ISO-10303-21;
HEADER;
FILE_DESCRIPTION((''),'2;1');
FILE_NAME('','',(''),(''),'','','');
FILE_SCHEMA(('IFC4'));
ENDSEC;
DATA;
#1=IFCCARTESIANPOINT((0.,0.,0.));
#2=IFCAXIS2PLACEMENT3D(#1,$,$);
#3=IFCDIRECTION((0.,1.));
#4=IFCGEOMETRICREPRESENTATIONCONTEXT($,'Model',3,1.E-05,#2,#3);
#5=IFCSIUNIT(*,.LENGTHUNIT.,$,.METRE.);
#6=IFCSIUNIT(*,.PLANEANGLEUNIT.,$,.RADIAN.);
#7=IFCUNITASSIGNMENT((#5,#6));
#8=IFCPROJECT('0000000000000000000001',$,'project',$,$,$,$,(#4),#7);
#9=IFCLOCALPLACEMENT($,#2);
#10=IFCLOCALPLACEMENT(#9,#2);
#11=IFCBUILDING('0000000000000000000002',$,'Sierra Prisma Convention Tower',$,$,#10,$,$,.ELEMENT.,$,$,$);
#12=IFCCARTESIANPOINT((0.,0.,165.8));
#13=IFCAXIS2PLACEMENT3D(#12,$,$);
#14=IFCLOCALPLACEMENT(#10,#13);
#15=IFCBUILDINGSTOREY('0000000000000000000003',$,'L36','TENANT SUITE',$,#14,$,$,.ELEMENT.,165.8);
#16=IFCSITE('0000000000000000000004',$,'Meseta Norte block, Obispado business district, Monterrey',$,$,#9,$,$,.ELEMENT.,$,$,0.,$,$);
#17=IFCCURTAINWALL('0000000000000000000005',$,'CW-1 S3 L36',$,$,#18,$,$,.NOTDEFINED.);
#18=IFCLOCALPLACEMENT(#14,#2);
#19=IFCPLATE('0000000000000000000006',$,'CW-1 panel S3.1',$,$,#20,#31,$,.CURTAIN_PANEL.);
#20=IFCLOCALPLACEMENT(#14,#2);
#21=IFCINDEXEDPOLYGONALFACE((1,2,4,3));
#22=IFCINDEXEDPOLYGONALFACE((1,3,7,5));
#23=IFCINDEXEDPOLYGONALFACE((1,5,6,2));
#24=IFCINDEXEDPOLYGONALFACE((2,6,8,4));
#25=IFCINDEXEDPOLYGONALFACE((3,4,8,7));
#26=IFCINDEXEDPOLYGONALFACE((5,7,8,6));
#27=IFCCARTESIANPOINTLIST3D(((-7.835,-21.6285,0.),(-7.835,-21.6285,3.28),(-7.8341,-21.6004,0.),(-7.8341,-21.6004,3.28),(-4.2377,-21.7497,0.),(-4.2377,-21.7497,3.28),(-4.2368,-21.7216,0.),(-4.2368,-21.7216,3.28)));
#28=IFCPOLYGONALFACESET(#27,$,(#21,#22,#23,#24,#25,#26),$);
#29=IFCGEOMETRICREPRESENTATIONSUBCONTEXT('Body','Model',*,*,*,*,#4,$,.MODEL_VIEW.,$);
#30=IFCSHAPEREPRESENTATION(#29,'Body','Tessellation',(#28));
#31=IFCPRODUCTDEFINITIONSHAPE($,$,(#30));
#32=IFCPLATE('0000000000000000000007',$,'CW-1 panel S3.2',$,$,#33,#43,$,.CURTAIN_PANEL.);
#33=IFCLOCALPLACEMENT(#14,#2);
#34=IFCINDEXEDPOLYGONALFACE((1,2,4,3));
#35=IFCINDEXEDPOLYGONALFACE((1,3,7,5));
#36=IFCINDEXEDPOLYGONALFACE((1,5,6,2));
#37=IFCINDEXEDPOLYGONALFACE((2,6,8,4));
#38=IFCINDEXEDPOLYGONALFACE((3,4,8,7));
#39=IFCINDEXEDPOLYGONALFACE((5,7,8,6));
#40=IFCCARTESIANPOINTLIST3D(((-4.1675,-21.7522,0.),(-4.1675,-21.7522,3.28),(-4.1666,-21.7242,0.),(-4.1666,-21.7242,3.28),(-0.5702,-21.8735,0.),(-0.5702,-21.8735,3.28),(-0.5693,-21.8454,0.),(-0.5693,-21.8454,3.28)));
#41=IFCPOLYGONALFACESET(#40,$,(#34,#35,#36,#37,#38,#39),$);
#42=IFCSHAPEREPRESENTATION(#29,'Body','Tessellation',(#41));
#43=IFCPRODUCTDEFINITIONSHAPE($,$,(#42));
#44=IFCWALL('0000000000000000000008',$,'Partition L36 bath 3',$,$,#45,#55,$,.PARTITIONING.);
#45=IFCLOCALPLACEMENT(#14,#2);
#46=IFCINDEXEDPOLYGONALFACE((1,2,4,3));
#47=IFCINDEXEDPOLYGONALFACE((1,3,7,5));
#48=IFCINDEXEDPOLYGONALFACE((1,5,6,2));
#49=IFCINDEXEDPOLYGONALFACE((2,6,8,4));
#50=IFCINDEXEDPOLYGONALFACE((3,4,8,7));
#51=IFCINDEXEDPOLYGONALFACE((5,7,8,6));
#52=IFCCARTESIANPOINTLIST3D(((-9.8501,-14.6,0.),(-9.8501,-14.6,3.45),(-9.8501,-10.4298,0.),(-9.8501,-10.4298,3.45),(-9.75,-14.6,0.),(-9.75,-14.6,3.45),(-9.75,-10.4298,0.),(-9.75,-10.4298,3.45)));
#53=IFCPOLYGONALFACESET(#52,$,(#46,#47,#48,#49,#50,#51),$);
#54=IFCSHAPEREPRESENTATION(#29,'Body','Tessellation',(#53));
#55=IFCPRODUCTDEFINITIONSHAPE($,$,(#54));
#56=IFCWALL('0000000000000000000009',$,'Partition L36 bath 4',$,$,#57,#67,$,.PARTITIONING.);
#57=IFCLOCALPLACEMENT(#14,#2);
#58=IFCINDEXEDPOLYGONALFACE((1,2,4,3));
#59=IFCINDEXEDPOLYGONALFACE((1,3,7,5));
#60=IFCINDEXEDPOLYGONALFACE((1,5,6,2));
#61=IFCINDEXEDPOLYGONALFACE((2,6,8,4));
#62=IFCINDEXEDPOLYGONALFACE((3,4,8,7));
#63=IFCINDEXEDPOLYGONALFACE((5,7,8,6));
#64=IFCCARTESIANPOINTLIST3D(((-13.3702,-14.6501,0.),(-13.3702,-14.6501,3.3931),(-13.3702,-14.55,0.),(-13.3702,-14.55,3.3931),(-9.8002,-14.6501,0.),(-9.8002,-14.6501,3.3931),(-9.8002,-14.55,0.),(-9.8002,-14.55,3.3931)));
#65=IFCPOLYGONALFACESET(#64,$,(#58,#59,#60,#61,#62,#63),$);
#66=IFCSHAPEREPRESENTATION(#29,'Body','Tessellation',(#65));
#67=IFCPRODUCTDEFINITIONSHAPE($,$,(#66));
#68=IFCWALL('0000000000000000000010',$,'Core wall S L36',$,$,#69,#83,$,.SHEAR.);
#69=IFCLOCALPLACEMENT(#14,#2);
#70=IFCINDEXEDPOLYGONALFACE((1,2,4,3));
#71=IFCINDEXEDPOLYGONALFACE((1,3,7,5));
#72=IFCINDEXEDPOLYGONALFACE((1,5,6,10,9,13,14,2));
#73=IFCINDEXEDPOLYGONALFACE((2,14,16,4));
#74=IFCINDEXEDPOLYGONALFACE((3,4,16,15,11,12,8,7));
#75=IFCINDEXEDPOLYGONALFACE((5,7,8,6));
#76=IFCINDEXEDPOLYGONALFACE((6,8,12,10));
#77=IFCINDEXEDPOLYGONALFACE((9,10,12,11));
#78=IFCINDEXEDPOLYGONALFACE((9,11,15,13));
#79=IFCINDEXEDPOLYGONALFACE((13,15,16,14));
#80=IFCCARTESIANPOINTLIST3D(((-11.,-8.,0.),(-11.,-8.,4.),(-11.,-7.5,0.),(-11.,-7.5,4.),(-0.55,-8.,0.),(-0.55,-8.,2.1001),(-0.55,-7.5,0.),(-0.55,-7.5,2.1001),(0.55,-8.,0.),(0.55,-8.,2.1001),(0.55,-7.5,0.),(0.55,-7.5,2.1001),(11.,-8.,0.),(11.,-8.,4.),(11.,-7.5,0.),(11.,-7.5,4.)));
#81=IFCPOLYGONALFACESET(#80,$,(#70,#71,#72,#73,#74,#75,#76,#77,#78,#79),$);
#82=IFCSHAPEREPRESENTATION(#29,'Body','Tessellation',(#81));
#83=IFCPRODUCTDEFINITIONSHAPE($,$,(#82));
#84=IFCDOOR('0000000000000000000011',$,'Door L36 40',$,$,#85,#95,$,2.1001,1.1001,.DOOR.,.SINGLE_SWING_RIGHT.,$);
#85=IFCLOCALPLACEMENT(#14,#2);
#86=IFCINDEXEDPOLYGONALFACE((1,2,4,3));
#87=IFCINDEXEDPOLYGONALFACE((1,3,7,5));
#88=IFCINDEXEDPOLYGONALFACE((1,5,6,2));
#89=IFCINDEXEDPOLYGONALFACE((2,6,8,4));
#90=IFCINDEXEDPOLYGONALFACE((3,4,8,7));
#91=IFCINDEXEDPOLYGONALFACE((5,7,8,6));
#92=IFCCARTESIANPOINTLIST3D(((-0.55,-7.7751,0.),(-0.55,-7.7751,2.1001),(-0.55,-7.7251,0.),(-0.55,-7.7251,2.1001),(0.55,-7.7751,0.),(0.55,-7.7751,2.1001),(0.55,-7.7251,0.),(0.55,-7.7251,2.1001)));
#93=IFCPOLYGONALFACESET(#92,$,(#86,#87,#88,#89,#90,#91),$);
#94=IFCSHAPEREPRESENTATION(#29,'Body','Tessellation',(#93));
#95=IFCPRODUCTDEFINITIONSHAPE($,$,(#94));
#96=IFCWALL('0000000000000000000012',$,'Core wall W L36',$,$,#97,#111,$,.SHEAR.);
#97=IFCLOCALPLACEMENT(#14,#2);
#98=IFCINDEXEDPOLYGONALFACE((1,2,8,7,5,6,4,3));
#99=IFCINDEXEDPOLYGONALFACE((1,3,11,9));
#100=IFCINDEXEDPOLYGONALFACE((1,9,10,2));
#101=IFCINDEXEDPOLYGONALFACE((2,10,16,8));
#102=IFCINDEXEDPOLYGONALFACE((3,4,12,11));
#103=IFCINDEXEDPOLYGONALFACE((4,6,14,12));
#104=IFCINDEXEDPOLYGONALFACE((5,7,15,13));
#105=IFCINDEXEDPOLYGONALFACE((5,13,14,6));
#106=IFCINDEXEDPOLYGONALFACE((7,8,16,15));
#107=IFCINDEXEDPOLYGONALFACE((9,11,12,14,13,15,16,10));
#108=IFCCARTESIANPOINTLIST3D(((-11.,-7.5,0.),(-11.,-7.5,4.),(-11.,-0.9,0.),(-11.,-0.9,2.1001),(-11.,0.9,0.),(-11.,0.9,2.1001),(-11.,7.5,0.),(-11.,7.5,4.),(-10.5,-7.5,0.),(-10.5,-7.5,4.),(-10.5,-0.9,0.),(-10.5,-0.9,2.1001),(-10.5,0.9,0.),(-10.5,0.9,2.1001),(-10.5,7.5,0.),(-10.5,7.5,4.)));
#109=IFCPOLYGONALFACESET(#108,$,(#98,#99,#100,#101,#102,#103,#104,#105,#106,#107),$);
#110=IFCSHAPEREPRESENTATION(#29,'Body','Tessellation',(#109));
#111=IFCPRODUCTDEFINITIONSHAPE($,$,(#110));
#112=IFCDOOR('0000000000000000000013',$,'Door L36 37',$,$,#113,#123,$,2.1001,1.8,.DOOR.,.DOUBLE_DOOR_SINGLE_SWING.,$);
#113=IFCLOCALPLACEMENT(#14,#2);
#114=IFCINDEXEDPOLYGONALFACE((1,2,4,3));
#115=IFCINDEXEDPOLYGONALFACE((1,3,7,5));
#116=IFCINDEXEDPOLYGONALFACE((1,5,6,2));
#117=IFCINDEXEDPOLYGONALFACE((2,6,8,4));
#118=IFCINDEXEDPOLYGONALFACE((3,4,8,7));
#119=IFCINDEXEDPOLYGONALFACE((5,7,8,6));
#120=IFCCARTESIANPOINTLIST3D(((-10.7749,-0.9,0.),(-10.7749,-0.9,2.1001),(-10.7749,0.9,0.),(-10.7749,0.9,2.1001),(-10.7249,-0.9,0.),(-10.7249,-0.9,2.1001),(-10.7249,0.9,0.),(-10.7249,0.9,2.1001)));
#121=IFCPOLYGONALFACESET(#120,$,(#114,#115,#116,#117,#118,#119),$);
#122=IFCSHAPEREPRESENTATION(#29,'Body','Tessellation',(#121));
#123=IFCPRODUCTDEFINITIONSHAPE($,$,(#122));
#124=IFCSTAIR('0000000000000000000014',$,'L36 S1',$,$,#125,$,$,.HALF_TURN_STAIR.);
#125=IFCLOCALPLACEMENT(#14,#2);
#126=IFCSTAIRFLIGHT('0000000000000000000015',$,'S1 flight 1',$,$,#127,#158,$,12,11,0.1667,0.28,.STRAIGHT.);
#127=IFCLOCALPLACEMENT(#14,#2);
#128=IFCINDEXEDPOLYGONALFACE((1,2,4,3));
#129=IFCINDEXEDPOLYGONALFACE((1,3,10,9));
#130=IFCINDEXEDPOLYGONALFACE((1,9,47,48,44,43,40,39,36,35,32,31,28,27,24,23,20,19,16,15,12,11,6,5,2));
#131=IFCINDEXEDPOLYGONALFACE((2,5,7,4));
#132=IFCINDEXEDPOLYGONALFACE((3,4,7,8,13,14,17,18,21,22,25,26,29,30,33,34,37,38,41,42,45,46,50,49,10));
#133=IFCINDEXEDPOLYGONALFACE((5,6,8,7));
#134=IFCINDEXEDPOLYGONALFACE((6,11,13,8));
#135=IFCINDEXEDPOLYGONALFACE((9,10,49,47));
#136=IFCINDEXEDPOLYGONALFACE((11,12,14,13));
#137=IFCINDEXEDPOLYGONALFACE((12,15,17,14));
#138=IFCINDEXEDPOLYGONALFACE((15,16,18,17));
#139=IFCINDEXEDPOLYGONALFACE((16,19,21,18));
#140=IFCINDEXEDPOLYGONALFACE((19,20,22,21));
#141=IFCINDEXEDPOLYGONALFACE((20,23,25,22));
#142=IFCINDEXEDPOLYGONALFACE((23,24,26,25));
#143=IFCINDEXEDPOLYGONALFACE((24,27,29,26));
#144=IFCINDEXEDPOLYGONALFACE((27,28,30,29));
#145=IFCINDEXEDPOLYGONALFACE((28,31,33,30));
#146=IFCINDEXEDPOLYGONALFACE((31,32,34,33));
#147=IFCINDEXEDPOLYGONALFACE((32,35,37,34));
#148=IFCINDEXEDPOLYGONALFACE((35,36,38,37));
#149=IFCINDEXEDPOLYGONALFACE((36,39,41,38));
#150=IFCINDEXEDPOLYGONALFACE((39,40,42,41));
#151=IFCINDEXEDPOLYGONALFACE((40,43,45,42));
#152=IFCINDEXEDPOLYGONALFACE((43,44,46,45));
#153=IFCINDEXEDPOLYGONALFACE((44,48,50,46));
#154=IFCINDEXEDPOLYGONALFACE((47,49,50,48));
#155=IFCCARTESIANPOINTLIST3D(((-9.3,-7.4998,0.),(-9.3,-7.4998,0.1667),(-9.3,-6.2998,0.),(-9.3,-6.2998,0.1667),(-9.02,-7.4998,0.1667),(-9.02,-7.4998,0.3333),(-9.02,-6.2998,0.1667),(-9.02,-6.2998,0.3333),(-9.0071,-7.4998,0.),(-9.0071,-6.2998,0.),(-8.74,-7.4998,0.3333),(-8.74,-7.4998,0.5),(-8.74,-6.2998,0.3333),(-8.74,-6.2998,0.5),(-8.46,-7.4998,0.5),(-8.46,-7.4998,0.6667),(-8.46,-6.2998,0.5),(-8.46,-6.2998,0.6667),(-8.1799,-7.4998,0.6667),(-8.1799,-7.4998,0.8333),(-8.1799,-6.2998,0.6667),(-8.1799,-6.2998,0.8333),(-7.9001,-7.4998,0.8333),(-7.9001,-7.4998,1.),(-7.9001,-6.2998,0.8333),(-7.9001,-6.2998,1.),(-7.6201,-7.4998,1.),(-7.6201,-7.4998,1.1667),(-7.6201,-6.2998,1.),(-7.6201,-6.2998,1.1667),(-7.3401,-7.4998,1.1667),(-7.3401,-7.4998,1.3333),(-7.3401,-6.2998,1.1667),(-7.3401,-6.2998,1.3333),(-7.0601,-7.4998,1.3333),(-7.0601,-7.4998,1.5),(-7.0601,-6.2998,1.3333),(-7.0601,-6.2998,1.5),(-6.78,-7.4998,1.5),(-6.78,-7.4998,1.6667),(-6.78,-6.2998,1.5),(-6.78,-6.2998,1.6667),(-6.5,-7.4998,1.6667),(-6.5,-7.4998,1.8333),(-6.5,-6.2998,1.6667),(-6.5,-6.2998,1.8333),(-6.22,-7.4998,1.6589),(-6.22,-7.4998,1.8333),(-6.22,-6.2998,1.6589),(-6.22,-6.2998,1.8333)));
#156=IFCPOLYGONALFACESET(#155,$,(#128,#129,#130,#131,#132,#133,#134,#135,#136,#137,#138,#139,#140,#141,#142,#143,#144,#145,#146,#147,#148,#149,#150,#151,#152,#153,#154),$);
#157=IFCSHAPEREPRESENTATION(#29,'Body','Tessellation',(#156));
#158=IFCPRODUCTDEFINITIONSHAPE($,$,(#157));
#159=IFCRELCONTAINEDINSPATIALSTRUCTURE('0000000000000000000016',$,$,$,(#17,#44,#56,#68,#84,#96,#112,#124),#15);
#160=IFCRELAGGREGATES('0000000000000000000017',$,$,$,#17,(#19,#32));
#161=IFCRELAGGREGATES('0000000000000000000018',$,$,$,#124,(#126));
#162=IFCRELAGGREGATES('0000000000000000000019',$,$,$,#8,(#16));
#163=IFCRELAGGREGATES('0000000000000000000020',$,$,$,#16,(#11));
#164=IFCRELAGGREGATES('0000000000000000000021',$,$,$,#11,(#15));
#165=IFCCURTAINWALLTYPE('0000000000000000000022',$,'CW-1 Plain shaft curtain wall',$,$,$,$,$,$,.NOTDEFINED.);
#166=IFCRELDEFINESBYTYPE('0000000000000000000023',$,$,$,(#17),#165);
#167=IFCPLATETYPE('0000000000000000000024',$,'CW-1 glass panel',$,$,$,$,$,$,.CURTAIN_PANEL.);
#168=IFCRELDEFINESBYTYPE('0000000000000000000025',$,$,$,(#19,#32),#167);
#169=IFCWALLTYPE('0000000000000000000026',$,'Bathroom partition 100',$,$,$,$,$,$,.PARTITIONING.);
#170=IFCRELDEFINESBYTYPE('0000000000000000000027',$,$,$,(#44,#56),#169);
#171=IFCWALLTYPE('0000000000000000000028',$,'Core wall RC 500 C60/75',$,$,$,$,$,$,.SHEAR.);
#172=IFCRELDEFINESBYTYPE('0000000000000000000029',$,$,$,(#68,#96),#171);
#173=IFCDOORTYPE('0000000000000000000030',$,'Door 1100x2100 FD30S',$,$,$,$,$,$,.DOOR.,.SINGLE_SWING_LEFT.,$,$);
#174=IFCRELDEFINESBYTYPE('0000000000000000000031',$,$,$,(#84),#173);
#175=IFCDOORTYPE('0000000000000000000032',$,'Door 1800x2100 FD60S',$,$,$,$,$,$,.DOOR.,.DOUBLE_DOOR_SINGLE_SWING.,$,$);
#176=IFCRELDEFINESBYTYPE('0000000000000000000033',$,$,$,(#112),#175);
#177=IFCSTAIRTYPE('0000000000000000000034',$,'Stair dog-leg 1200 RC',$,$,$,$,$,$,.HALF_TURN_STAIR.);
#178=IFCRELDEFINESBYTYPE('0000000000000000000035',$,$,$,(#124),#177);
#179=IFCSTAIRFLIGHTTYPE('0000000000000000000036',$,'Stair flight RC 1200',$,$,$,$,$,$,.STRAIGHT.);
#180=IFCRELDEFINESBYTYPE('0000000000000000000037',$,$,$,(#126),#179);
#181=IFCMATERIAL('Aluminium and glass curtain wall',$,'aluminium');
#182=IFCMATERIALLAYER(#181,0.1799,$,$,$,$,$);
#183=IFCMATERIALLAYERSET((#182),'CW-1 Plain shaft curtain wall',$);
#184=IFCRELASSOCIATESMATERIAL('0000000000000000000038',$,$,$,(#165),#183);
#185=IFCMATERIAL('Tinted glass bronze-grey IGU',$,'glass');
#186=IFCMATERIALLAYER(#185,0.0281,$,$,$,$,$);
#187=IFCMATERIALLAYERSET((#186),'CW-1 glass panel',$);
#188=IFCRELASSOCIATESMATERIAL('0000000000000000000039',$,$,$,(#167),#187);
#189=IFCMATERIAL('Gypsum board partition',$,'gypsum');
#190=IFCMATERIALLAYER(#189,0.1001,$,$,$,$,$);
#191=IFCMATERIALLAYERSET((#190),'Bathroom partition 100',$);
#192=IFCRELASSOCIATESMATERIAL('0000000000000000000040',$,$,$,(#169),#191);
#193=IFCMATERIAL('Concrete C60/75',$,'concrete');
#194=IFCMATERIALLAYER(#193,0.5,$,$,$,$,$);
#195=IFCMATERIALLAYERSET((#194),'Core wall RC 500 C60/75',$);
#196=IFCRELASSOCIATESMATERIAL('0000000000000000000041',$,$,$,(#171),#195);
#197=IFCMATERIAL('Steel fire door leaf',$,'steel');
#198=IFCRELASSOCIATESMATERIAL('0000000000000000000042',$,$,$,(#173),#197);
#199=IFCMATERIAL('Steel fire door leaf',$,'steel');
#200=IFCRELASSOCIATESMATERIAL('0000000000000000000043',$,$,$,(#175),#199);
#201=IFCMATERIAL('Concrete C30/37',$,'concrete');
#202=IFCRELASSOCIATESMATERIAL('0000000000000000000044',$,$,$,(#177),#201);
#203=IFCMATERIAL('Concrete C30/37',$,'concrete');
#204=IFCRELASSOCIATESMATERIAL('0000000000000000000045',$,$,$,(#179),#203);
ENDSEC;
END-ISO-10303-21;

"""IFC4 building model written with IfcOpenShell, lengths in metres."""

from ifc_helpers import new_model, si_unit, direction, frame, frame_2d, origin, origin_2d, place, context, subcontext, project, spatial, polyline, rectangle, outline, extrude, material, layer, layer_set, type_object, element, fill, aggregate, save


model = new_model("IFC4")

# Units and contexts
model_context = context("Model", 3, precision=1e-05, world=origin(), true_north=direction((0.0, 1.0)))
body_context = subcontext(model_context, "Body", "Model", "MODEL_VIEW")
ifc_project = project(units=[si_unit("LENGTHUNIT", "METRE"), si_unit("PLANEANGLEUNIT", "RADIAN")], contexts=[model_context])

# Site, building, storey
site_placement = place(None, origin())
site = spatial("IfcSite", under=ifc_project, at=site_placement, Name="Meseta Norte block, Obispado business district, Monterrey", CompositionType="ELEMENT", RefElevation=0.0)
building_placement = place(site_placement, origin())
building = spatial("IfcBuilding", under=site, at=building_placement, Name="Sierra Prisma Convention Tower", CompositionType="ELEMENT")
storey_placement = place(building_placement, frame((0.0, 0.0, 165.8)))
storey = spatial("IfcBuildingStorey", under=building, at=storey_placement, Name="L36", Description="TENANT SUITE", CompositionType="ELEMENT", Elevation=165.8)

# Curtain wall
ifc_material_1 = material(Name="Aluminium and glass curtain wall", Category="aluminium")
ifc_layer_1 = layer(ifc_material_1, 0.1799)
ifc_layer_set_1 = layer_set([ifc_layer_1], Name="CW-1 Plain shaft curtain wall")
curtain_wall_type = type_object("IfcCurtainWallType", Name="CW-1 Plain shaft curtain wall", PredefinedType="NOTDEFINED", material=ifc_layer_set_1)
curtain_wall_1_placement = place(storey_placement, origin())
curtain_wall_1 = element("IfcCurtainWall", 1, at=curtain_wall_1_placement, inside=storey, type_object=curtain_wall_type, Name="CW-1 S3 L36", PredefinedType="NOTDEFINED")

# Shared definitions
ifc_material_2 = material(Name="Tinted glass bronze-grey IGU", Category="glass")
ifc_layer_2 = layer(ifc_material_2, 0.0281)
ifc_layer_set_2 = layer_set([ifc_layer_2], Name="CW-1 glass panel")
plate_type = type_object("IfcPlateType", Name="CW-1 glass panel", PredefinedType="CURTAIN_PANEL", material=ifc_layer_set_2)

# Plates
plate_1_placement = place(storey_placement, frame((-6.0359, -21.675, 0.0), z_axis=(0.0, 0.0, 1.0), x_axis=(0.999432, -0.033688, 0.0)))
plate_1 = element("IfcPlate", 2, at=plate_1_placement, type_object=plate_type, Name="CW-1 panel S3.1", PredefinedType="CURTAIN_PANEL", context=body_context, shape_type="SweptSolid", body=[
    extrude(rectangle(XDim=3.5994, YDim=0.0281, at=origin_2d()), origin(), (0.0, 0.0, 1.0), 3.28),
])
plate_2_placement = place(storey_placement, frame((-2.3684, -21.7988, 0.0), z_axis=(0.0, 0.0, 1.0), x_axis=(0.999432, -0.033688, 0.0)))
plate_2 = element("IfcPlate", 3, at=plate_2_placement, type_object=plate_type, Name="CW-1 panel S3.2", PredefinedType="CURTAIN_PANEL", context=body_context, shape_type="SweptSolid", body=[
    extrude(rectangle(XDim=3.5994, YDim=0.0281, at=origin_2d()), origin(), (0.0, 0.0, 1.0), 3.28),
])
aggregate(curtain_wall_1, [plate_1, plate_2])

# Walls
ifc_material_3 = material(Name="Gypsum board partition", Category="gypsum")
ifc_layer_3 = layer(ifc_material_3, 0.1001)
ifc_layer_set_3 = layer_set([ifc_layer_3], Name="Bathroom partition 100")
wall_type_1 = type_object("IfcWallType", Name="Bathroom partition 100", PredefinedType="PARTITIONING", material=ifc_layer_set_3)
wall_1_placement = place(storey_placement, frame((-9.8, -10.4299, 0.0), z_axis=(0.0, 0.0, 1.0), x_axis=(0.0, -1.0, 0.0)))
element("IfcWall", 4, at=wall_1_placement, inside=storey, type_object=wall_type_1, Name="Partition L36 bath 3", PredefinedType="PARTITIONING", context=body_context, shape_type="SweptSolid", body=[
    extrude(rectangle(XDim=4.1702, YDim=0.1001, at=frame_2d((2.085, 0.0))), origin(), (0.0, 0.0, 1.0), 3.45),
])
wall_2_placement = place(storey_placement, frame((-9.8, -14.6001, 0.0), z_axis=(0.0, 0.0, 1.0), x_axis=(-1.0, 0.0, 0.0)))
element("IfcWall", 5, at=wall_2_placement, inside=storey, type_object=wall_type_1, Name="Partition L36 bath 4", PredefinedType="PARTITIONING", context=body_context, shape_type="SweptSolid", body=[
    extrude(rectangle(XDim=3.5701, YDim=0.1001, at=frame_2d((1.7852, 0.0))), origin(), (0.0, 0.0, 1.0), 3.3931),
])

# Walls, openings, doors
ifc_material_4 = material(Name="Concrete C60/75", Category="concrete")
ifc_layer_4 = layer(ifc_material_4, 0.5)
ifc_layer_set_4 = layer_set([ifc_layer_4], Name="Core wall RC 500 C60/75")
wall_type_2 = type_object("IfcWallType", Name="Core wall RC 500 C60/75", PredefinedType="SHEAR", material=ifc_layer_set_4)
wall_3_placement = place(storey_placement, frame((-11.0, -7.75, 0.0), z_axis=(0.0, 0.0, 1.0), x_axis=(1.0, 0.0, 0.0)))
wall_3 = element("IfcWall", 6, at=wall_3_placement, inside=storey, type_object=wall_type_2, Name="Core wall S L36", PredefinedType="SHEAR", context=body_context, shape_type="SweptSolid", body=[
    extrude(rectangle(XDim=22.0, YDim=0.5, at=frame_2d((11.0, 0.0))), origin(), (0.0, 0.0, 1.0), 4.0),
])
opening_1_placement = place(wall_3_placement, frame((10.45, 0.0, 0.0)))
opening_1 = element("IfcOpeningElement", 7, at=opening_1_placement, cuts=wall_3, PredefinedType="OPENING", context=body_context, shape_type="SweptSolid", body=[
    extrude(rectangle(XDim=1.1001, YDim=2.1001, at=frame_2d((0.55, 1.05))), frame((0.0, 0.25, 0.0), z_axis=(0.0, -1.0, 0.0), x_axis=(1.0, 0.0, 0.0)), (0.0, 0.0, 1.0), 0.5),
])
ifc_material_5 = material(Name="Steel fire door leaf", Category="steel")
door_type_1 = type_object("IfcDoorType", Name="Door 1100x2100 FD30S", OperationType="SINGLE_SWING_LEFT", PredefinedType="DOOR", material=ifc_material_5)
door_1_placement = place(opening_1_placement, origin())
door_1 = element("IfcDoor", 8, at=door_1_placement, inside=storey, type_object=door_type_1, Name="Door L36 40", OperationType="SINGLE_SWING_RIGHT", OverallHeight=2.1001, OverallWidth=1.1001, PredefinedType="DOOR", context=body_context, shape_type="SweptSolid", body=[
    extrude(rectangle(XDim=1.1001, YDim=2.1001, at=frame_2d((0.55, 1.05))), frame((0.0, 0.0249, 0.0), z_axis=(0.0, -1.0, 0.0), x_axis=(1.0, 0.0, 0.0)), (0.0, 0.0, 1.0), 0.05),
])
fill(opening_1, door_1)
wall_4_placement = place(storey_placement, frame((-10.75, -7.5, 0.0), z_axis=(0.0, 0.0, 1.0), x_axis=(0.0, 1.0, 0.0)))
wall_4 = element("IfcWall", 9, at=wall_4_placement, inside=storey, type_object=wall_type_2, Name="Core wall W L36", PredefinedType="SHEAR", context=body_context, shape_type="SweptSolid", body=[
    extrude(rectangle(XDim=15.0, YDim=0.5, at=frame_2d((7.5, 0.0))), origin(), (0.0, 0.0, 1.0), 4.0),
])
opening_2_placement = place(wall_4_placement, frame((6.6001, 0.0, 0.0)))
opening_2 = element("IfcOpeningElement", 10, at=opening_2_placement, cuts=wall_4, PredefinedType="OPENING", context=body_context, shape_type="SweptSolid", body=[
    extrude(rectangle(XDim=1.8, YDim=2.1001, at=frame_2d((0.8999, 1.05))), frame((0.0, 0.25, 0.0), z_axis=(0.0, -1.0, 0.0), x_axis=(1.0, 0.0, 0.0)), (0.0, 0.0, 1.0), 0.5),
])
ifc_material_6 = material(Name="Steel fire door leaf", Category="steel")
door_type_2 = type_object("IfcDoorType", Name="Door 1800x2100 FD60S", OperationType="DOUBLE_DOOR_SINGLE_SWING", PredefinedType="DOOR", material=ifc_material_6)
door_2_placement = place(opening_2_placement, origin())
door_2 = element("IfcDoor", 11, at=door_2_placement, inside=storey, type_object=door_type_2, Name="Door L36 37", OperationType="DOUBLE_DOOR_SINGLE_SWING", OverallHeight=2.1001, OverallWidth=1.8, PredefinedType="DOOR", context=body_context, shape_type="SweptSolid", body=[
    extrude(rectangle(XDim=1.8, YDim=2.1001, at=frame_2d((0.8999, 1.05))), frame((0.0, 0.0249, 0.0), z_axis=(0.0, -1.0, 0.0), x_axis=(1.0, 0.0, 0.0)), (0.0, 0.0, 1.0), 0.05),
])
fill(opening_2, door_2)

# Stair, stair flight
ifc_material_7 = material(Name="Concrete C30/37", Category="concrete")
stair_type = type_object("IfcStairType", Name="Stair dog-leg 1200 RC", PredefinedType="HALF_TURN_STAIR", material=ifc_material_7)
stair_placement = place(storey_placement, origin())
stair = element("IfcStair", 12, at=stair_placement, inside=storey, type_object=stair_type, Name="L36 S1", PredefinedType="HALF_TURN_STAIR")
ifc_material_8 = material(Name="Concrete C30/37", Category="concrete")
stair_flight_type = type_object("IfcStairFlightType", Name="Stair flight RC 1200", PredefinedType="STRAIGHT", material=ifc_material_8)
stair_flight_placement = place(storey_placement, frame((-9.3, -6.8999, 0.0), z_axis=(0.0, 0.0, 1.0), x_axis=(1.0, 0.0, 0.0)))
stair_flight = element("IfcStairFlight", 13, at=stair_flight_placement, type_object=stair_flight_type, Name="S1 flight 1", NumberOfRisers=12, NumberOfTreads=11, PredefinedType="STRAIGHT", RiserHeight=0.1667, TreadLength=0.28, context=body_context, shape_type="SweptSolid", body=[
    extrude(outline(polyline([(0.0, 0.0), (0.0, 0.1667), (0.28, 0.1667), (0.28, 0.3333), (0.5601, 0.3333), (0.5601, 0.5), (0.8401, 0.5), (0.8401, 0.6667), (1.1201, 0.6667), (1.1201, 0.8333), (1.3999, 0.8333), (1.3999, 1.0), (1.6799, 1.0), (1.6799, 1.1667), (1.96, 1.1667), (1.96, 1.3333), (2.24, 1.3333), (2.24, 1.5), (2.52, 1.5), (2.52, 1.6667), (2.8, 1.6667), (2.8, 1.8333), (3.0801, 1.8333), (3.0801, 2.0), (3.0801, 1.6589), (0.293, 0.0), (0.0, 0.0)])), frame((0.0, 0.6001, 0.0), z_axis=(0.0, -1.0, 0.0), x_axis=(1.0, 0.0, 0.0)), (0.0, 0.0, 1.0), 1.2),
])
aggregate(stair, [stair_flight])

save(model, "model.ifc")
